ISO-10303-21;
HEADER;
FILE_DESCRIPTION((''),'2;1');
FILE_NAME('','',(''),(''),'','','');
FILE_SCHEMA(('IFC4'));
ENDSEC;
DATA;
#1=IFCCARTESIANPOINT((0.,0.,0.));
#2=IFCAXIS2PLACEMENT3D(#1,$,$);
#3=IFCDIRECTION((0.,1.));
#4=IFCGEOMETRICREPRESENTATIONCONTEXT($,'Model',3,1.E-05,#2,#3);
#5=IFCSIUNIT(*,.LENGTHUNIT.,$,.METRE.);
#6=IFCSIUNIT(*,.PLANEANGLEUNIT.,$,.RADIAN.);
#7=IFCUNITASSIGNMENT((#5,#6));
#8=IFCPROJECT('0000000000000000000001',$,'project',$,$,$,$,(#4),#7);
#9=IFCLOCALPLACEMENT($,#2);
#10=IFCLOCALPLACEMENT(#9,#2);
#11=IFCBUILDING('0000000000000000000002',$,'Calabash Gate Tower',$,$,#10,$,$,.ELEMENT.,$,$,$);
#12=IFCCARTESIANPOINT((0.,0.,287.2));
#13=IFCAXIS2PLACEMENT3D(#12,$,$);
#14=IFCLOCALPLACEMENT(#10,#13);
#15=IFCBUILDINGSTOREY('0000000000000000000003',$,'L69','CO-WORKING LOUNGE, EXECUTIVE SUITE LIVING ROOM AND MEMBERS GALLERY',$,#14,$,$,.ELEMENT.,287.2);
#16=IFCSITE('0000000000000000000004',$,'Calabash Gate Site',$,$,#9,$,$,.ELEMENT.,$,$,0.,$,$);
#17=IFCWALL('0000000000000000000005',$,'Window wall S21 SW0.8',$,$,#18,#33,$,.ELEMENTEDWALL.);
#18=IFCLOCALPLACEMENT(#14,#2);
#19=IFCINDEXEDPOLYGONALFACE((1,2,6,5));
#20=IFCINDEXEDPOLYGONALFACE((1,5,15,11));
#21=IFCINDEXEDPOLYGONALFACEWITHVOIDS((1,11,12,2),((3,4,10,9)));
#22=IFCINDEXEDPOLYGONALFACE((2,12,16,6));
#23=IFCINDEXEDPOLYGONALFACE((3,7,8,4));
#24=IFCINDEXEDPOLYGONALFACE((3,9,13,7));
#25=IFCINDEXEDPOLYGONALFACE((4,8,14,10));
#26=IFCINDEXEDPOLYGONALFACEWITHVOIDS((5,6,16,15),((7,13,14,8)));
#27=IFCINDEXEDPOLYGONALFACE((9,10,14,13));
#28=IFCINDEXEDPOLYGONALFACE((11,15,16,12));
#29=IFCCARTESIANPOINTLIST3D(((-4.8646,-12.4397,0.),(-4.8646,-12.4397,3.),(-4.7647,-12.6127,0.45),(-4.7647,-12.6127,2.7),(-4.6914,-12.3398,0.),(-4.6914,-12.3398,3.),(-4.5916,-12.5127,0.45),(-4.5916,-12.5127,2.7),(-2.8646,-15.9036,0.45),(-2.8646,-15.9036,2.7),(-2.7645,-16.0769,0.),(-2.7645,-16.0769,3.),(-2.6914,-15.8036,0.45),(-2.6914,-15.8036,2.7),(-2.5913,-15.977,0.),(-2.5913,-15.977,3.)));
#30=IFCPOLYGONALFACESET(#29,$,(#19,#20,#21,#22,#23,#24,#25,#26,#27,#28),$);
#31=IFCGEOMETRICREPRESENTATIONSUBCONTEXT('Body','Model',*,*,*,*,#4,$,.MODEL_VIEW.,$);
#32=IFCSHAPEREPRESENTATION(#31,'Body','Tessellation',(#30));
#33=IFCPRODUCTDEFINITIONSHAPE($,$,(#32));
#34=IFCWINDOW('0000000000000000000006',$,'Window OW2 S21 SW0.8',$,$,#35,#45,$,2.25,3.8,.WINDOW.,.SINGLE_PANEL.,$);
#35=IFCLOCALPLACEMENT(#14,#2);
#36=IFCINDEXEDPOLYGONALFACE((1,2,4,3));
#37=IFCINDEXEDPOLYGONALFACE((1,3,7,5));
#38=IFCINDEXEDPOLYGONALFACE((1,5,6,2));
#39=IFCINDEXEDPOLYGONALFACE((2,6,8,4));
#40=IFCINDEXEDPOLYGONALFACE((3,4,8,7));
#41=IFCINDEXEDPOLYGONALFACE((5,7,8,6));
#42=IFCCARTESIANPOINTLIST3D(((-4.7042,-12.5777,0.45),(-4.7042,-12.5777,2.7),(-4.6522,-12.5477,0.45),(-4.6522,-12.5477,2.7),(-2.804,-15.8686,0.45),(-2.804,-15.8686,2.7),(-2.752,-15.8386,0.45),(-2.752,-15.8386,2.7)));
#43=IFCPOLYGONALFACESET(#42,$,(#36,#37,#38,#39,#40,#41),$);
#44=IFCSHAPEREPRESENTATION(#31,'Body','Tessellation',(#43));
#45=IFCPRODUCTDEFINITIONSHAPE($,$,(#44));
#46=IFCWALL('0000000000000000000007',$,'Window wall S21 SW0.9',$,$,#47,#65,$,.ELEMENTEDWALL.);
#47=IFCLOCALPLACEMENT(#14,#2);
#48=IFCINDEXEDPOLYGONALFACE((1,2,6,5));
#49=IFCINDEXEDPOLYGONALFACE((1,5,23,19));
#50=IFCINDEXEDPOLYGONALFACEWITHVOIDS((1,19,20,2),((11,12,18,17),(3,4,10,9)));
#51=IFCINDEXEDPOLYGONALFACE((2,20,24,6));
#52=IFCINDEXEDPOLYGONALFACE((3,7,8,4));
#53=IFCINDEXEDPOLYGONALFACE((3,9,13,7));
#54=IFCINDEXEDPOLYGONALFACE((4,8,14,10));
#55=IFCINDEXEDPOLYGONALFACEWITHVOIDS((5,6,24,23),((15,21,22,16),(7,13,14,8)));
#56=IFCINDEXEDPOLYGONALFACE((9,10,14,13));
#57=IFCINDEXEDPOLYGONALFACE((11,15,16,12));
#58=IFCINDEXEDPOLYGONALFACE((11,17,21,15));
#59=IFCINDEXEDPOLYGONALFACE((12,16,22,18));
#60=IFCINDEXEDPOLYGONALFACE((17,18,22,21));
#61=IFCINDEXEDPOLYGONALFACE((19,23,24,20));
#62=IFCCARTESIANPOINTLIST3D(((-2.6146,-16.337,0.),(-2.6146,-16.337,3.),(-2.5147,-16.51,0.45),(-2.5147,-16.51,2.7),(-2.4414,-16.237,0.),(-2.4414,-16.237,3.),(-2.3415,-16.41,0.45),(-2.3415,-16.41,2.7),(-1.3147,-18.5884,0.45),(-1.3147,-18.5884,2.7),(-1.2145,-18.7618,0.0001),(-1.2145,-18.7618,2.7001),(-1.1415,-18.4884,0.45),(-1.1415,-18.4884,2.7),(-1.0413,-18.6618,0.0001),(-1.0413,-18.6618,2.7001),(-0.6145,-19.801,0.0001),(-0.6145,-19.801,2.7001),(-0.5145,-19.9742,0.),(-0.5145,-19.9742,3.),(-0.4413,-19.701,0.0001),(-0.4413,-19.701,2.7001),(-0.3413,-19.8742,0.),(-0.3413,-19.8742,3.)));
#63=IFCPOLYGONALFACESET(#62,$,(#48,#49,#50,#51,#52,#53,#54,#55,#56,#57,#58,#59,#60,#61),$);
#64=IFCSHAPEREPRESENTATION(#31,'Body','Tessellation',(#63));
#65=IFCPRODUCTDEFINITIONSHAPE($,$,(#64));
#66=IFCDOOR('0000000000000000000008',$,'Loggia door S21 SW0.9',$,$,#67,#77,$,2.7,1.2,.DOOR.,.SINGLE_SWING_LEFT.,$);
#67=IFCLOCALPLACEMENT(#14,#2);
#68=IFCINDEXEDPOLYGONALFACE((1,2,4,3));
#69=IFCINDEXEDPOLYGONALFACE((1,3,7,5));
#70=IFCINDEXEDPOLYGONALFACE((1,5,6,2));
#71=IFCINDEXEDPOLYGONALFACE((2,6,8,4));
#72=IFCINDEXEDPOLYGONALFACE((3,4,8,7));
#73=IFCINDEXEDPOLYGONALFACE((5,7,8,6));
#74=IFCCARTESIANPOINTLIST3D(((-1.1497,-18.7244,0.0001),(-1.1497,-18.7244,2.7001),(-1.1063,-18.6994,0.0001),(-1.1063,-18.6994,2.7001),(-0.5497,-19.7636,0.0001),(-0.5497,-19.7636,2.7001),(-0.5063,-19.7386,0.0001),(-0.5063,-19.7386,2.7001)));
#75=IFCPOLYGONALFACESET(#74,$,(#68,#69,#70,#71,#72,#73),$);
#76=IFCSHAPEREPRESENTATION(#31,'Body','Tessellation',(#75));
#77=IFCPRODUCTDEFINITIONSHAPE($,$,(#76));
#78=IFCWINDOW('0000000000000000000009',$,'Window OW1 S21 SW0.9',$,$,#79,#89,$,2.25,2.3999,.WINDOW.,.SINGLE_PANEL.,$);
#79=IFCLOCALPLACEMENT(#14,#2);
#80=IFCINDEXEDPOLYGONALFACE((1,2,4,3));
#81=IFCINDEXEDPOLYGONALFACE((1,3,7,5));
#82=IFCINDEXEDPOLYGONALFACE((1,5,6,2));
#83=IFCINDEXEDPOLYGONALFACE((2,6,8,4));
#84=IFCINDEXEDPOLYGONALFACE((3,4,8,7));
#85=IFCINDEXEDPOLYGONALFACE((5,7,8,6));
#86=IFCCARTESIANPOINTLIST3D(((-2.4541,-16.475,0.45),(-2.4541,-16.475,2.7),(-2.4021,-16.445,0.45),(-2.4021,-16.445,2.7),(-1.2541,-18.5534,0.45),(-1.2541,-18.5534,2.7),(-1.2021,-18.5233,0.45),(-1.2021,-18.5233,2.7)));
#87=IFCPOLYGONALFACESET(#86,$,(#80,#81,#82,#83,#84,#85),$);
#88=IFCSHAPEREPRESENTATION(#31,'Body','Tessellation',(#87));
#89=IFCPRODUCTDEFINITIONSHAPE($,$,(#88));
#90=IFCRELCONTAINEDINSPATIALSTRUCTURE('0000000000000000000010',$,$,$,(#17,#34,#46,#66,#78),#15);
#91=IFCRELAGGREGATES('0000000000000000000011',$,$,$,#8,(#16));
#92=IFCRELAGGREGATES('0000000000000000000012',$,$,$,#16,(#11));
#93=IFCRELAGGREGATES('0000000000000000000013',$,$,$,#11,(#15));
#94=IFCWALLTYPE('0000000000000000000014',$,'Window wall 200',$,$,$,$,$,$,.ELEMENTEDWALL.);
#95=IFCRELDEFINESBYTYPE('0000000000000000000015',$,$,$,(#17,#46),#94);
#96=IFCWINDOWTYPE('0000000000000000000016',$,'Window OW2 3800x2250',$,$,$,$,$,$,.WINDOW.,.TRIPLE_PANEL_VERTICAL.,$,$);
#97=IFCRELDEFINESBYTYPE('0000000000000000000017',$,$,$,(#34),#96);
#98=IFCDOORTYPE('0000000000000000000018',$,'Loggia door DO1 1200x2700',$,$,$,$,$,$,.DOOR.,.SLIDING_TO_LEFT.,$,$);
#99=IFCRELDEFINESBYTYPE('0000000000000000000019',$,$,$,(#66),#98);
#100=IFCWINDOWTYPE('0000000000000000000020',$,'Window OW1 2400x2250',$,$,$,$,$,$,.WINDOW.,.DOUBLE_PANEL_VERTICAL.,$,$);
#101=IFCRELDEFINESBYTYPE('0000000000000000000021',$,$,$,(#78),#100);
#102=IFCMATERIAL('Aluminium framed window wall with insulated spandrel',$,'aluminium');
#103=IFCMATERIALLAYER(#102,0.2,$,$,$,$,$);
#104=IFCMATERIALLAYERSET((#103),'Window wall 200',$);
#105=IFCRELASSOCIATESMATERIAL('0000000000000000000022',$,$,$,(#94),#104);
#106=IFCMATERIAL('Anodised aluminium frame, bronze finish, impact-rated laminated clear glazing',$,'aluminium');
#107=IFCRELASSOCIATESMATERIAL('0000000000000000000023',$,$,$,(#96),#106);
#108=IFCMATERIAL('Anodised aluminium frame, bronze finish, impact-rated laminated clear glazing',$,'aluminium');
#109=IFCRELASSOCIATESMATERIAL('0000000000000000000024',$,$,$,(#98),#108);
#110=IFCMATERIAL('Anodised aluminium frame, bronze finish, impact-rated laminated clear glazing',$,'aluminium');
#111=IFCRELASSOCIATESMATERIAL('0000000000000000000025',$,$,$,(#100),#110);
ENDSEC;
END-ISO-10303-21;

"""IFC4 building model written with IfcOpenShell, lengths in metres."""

from ifc_helpers import new_model, si_unit, direction, frame, frame_2d, origin, place, context, subcontext, project, spatial, rectangle, extrude, material, layer, layer_set, type_object, element, fill, save


model = new_model("IFC4")

# Units and contexts
model_context = context("Model", 3, precision=1e-05, world=origin(), true_north=direction((0.0, 1.0)))
body_context = subcontext(model_context, "Body", "Model", "MODEL_VIEW")
ifc_project = project(units=[si_unit("LENGTHUNIT", "METRE"), si_unit("PLANEANGLEUNIT", "RADIAN")], contexts=[model_context])

# Site, building, storey
site_placement = place(None, origin())
site = spatial("IfcSite", under=ifc_project, at=site_placement, Name="Calabash Gate Site", CompositionType="ELEMENT", RefElevation=0.0)
building_placement = place(site_placement, origin())
building = spatial("IfcBuilding", under=site, at=building_placement, Name="Calabash Gate Tower", CompositionType="ELEMENT")
storey_placement = place(building_placement, frame((0.0, 0.0, 287.2)))
storey = spatial("IfcBuildingStorey", under=building, at=storey_placement, Name="L69", Description="CO-WORKING LOUNGE, EXECUTIVE SUITE LIVING ROOM AND MEMBERS GALLERY", CompositionType="ELEMENT", Elevation=287.2)

# Wall, opening, window
ifc_material_1 = material(Name="Aluminium framed window wall with insulated spandrel", Category="aluminium")
ifc_layer_1 = layer(ifc_material_1, 0.2)
ifc_layer_set_1 = layer_set([ifc_layer_1], Name="Window wall 200")
wall_type_1 = type_object("IfcWallType", Name="Window wall 200", PredefinedType="ELEMENTEDWALL", material=ifc_layer_set_1)
wall_1_placement = place(storey_placement, frame((-4.7781, -12.3896, 0.0), z_axis=(0.0, 0.0, 1.0), x_axis=(0.500028, -0.866009, 0.0)))
wall_1 = element("IfcWall", 1, at=wall_1_placement, inside=storey, type_object=wall_type_1, Name="Window wall S21 SW0.8", PredefinedType="ELEMENTEDWALL", context=body_context, shape_type="SweptSolid", body=[
    extrude(rectangle(XDim=4.2, YDim=0.2, at=frame_2d((2.1001, 0.0))), origin(), (0.0, 0.0, 1.0), 3.0),
])
opening_1_placement = place(wall_1_placement, frame((0.2, 0.0, 0.45)))
opening_1 = element("IfcOpeningElement", 2, at=opening_1_placement, cuts=wall_1, PredefinedType="OPENING", context=body_context, shape_type="SweptSolid", body=[
    extrude(rectangle(XDim=3.8, YDim=2.25, at=frame_2d((1.8999, 1.125))), frame((0.0, 0.1099, 0.0), z_axis=(0.0, -1.0, 0.0), x_axis=(1.0, 0.0, 0.0)), (0.0, 0.0, 1.0), 0.22),
])
ifc_material_2 = material(Name="Anodised aluminium frame, bronze finish, impact-rated laminated clear glazing", Category="aluminium")
window_type_1 = type_object("IfcWindowType", Name="Window OW2 3800x2250", PartitioningType="TRIPLE_PANEL_VERTICAL", PredefinedType="WINDOW", material=ifc_material_2)
window_1_placement = place(opening_1_placement, origin())
window_1 = element("IfcWindow", 3, at=window_1_placement, inside=storey, type_object=window_type_1, Name="Window OW2 S21 SW0.8", OverallHeight=2.25, OverallWidth=3.8, PartitioningType="SINGLE_PANEL", PredefinedType="WINDOW", context=body_context, shape_type="SweptSolid", body=[
    extrude(rectangle(XDim=3.8, YDim=2.25, at=frame_2d((1.8999, 1.125))), frame((0.0, 0.03, 0.0), z_axis=(0.0, -1.0, 0.0), x_axis=(1.0, 0.0, 0.0)), (0.0, 0.0, 1.0), 0.0601),
])
fill(opening_1, window_1)

# Wall, openings, door, window
wall_2_placement = place(storey_placement, frame((-2.5281, -16.2869, 0.0), z_axis=(0.0, 0.0, 1.0), x_axis=(0.500028, -0.866009, 0.0)))
wall_2 = element("IfcWall", 4, at=wall_2_placement, inside=storey, type_object=wall_type_1, Name="Window wall S21 SW0.9", PredefinedType="ELEMENTEDWALL", context=body_context, shape_type="SweptSolid", body=[
    extrude(rectangle(XDim=4.2, YDim=0.2, at=frame_2d((2.1001, 0.0))), origin(), (0.0, 0.0, 1.0), 3.0),
])
opening_2_placement = place(wall_2_placement, frame((0.2, 0.0, 0.45)))
opening_2 = element("IfcOpeningElement", 5, at=opening_2_placement, cuts=wall_2, PredefinedType="OPENING", context=body_context, shape_type="SweptSolid", body=[
    extrude(rectangle(XDim=2.3999, YDim=2.25, at=frame_2d((1.2, 1.125))), frame((0.0, 0.1099, 0.0), z_axis=(0.0, -1.0, 0.0), x_axis=(1.0, 0.0, 0.0)), (0.0, 0.0, 1.0), 0.22),
])
opening_3_placement = place(wall_2_placement, frame((2.8, 0.0, 0.0)))
opening_3 = element("IfcOpeningElement", 6, at=opening_3_placement, cuts=wall_2, PredefinedType="OPENING", context=body_context, shape_type="SweptSolid", body=[
    extrude(rectangle(XDim=1.2, YDim=2.7, at=frame_2d((0.6001, 1.3501))), frame((0.0, 0.1099, 0.0), z_axis=(0.0, -1.0, 0.0), x_axis=(1.0, 0.0, 0.0)), (0.0, 0.0, 1.0), 0.22),
])
ifc_material_3 = material(Name="Anodised aluminium frame, bronze finish, impact-rated laminated clear glazing", Category="aluminium")
door_type = type_object("IfcDoorType", Name="Loggia door DO1 1200x2700", OperationType="SLIDING_TO_LEFT", PredefinedType="DOOR", material=ifc_material_3)
door_placement = place(opening_3_placement, origin())
door = element("IfcDoor", 7, at=door_placement, inside=storey, type_object=door_type, Name="Loggia door S21 SW0.9", OperationType="SINGLE_SWING_LEFT", OverallHeight=2.7, OverallWidth=1.2, PredefinedType="DOOR", context=body_context, shape_type="SweptSolid", body=[
    extrude(rectangle(XDim=1.2, YDim=2.7, at=frame_2d((0.6001, 1.3501))), frame((0.0, 0.0249, 0.0), z_axis=(0.0, -1.0, 0.0), x_axis=(1.0, 0.0, 0.0)), (0.0, 0.0, 1.0), 0.05),
])
fill(opening_3, door)
ifc_material_4 = material(Name="Anodised aluminium frame, bronze finish, impact-rated laminated clear glazing", Category="aluminium")
window_type_2 = type_object("IfcWindowType", Name="Window OW1 2400x2250", PartitioningType="DOUBLE_PANEL_VERTICAL", PredefinedType="WINDOW", material=ifc_material_4)
window_2_placement = place(opening_2_placement, origin())
window_2 = element("IfcWindow", 8, at=window_2_placement, inside=storey, type_object=window_type_2, Name="Window OW1 S21 SW0.9", OverallHeight=2.25, OverallWidth=2.3999, PartitioningType="SINGLE_PANEL", PredefinedType="WINDOW", context=body_context, shape_type="SweptSolid", body=[
    extrude(rectangle(XDim=2.3999, YDim=2.25, at=frame_2d((1.2, 1.125))), frame((0.0, 0.03, 0.0), z_axis=(0.0, -1.0, 0.0), x_axis=(1.0, 0.0, 0.0)), (0.0, 0.0, 1.0), 0.0601),
])
fill(opening_2, window_2)

save(model, "model.ifc")
